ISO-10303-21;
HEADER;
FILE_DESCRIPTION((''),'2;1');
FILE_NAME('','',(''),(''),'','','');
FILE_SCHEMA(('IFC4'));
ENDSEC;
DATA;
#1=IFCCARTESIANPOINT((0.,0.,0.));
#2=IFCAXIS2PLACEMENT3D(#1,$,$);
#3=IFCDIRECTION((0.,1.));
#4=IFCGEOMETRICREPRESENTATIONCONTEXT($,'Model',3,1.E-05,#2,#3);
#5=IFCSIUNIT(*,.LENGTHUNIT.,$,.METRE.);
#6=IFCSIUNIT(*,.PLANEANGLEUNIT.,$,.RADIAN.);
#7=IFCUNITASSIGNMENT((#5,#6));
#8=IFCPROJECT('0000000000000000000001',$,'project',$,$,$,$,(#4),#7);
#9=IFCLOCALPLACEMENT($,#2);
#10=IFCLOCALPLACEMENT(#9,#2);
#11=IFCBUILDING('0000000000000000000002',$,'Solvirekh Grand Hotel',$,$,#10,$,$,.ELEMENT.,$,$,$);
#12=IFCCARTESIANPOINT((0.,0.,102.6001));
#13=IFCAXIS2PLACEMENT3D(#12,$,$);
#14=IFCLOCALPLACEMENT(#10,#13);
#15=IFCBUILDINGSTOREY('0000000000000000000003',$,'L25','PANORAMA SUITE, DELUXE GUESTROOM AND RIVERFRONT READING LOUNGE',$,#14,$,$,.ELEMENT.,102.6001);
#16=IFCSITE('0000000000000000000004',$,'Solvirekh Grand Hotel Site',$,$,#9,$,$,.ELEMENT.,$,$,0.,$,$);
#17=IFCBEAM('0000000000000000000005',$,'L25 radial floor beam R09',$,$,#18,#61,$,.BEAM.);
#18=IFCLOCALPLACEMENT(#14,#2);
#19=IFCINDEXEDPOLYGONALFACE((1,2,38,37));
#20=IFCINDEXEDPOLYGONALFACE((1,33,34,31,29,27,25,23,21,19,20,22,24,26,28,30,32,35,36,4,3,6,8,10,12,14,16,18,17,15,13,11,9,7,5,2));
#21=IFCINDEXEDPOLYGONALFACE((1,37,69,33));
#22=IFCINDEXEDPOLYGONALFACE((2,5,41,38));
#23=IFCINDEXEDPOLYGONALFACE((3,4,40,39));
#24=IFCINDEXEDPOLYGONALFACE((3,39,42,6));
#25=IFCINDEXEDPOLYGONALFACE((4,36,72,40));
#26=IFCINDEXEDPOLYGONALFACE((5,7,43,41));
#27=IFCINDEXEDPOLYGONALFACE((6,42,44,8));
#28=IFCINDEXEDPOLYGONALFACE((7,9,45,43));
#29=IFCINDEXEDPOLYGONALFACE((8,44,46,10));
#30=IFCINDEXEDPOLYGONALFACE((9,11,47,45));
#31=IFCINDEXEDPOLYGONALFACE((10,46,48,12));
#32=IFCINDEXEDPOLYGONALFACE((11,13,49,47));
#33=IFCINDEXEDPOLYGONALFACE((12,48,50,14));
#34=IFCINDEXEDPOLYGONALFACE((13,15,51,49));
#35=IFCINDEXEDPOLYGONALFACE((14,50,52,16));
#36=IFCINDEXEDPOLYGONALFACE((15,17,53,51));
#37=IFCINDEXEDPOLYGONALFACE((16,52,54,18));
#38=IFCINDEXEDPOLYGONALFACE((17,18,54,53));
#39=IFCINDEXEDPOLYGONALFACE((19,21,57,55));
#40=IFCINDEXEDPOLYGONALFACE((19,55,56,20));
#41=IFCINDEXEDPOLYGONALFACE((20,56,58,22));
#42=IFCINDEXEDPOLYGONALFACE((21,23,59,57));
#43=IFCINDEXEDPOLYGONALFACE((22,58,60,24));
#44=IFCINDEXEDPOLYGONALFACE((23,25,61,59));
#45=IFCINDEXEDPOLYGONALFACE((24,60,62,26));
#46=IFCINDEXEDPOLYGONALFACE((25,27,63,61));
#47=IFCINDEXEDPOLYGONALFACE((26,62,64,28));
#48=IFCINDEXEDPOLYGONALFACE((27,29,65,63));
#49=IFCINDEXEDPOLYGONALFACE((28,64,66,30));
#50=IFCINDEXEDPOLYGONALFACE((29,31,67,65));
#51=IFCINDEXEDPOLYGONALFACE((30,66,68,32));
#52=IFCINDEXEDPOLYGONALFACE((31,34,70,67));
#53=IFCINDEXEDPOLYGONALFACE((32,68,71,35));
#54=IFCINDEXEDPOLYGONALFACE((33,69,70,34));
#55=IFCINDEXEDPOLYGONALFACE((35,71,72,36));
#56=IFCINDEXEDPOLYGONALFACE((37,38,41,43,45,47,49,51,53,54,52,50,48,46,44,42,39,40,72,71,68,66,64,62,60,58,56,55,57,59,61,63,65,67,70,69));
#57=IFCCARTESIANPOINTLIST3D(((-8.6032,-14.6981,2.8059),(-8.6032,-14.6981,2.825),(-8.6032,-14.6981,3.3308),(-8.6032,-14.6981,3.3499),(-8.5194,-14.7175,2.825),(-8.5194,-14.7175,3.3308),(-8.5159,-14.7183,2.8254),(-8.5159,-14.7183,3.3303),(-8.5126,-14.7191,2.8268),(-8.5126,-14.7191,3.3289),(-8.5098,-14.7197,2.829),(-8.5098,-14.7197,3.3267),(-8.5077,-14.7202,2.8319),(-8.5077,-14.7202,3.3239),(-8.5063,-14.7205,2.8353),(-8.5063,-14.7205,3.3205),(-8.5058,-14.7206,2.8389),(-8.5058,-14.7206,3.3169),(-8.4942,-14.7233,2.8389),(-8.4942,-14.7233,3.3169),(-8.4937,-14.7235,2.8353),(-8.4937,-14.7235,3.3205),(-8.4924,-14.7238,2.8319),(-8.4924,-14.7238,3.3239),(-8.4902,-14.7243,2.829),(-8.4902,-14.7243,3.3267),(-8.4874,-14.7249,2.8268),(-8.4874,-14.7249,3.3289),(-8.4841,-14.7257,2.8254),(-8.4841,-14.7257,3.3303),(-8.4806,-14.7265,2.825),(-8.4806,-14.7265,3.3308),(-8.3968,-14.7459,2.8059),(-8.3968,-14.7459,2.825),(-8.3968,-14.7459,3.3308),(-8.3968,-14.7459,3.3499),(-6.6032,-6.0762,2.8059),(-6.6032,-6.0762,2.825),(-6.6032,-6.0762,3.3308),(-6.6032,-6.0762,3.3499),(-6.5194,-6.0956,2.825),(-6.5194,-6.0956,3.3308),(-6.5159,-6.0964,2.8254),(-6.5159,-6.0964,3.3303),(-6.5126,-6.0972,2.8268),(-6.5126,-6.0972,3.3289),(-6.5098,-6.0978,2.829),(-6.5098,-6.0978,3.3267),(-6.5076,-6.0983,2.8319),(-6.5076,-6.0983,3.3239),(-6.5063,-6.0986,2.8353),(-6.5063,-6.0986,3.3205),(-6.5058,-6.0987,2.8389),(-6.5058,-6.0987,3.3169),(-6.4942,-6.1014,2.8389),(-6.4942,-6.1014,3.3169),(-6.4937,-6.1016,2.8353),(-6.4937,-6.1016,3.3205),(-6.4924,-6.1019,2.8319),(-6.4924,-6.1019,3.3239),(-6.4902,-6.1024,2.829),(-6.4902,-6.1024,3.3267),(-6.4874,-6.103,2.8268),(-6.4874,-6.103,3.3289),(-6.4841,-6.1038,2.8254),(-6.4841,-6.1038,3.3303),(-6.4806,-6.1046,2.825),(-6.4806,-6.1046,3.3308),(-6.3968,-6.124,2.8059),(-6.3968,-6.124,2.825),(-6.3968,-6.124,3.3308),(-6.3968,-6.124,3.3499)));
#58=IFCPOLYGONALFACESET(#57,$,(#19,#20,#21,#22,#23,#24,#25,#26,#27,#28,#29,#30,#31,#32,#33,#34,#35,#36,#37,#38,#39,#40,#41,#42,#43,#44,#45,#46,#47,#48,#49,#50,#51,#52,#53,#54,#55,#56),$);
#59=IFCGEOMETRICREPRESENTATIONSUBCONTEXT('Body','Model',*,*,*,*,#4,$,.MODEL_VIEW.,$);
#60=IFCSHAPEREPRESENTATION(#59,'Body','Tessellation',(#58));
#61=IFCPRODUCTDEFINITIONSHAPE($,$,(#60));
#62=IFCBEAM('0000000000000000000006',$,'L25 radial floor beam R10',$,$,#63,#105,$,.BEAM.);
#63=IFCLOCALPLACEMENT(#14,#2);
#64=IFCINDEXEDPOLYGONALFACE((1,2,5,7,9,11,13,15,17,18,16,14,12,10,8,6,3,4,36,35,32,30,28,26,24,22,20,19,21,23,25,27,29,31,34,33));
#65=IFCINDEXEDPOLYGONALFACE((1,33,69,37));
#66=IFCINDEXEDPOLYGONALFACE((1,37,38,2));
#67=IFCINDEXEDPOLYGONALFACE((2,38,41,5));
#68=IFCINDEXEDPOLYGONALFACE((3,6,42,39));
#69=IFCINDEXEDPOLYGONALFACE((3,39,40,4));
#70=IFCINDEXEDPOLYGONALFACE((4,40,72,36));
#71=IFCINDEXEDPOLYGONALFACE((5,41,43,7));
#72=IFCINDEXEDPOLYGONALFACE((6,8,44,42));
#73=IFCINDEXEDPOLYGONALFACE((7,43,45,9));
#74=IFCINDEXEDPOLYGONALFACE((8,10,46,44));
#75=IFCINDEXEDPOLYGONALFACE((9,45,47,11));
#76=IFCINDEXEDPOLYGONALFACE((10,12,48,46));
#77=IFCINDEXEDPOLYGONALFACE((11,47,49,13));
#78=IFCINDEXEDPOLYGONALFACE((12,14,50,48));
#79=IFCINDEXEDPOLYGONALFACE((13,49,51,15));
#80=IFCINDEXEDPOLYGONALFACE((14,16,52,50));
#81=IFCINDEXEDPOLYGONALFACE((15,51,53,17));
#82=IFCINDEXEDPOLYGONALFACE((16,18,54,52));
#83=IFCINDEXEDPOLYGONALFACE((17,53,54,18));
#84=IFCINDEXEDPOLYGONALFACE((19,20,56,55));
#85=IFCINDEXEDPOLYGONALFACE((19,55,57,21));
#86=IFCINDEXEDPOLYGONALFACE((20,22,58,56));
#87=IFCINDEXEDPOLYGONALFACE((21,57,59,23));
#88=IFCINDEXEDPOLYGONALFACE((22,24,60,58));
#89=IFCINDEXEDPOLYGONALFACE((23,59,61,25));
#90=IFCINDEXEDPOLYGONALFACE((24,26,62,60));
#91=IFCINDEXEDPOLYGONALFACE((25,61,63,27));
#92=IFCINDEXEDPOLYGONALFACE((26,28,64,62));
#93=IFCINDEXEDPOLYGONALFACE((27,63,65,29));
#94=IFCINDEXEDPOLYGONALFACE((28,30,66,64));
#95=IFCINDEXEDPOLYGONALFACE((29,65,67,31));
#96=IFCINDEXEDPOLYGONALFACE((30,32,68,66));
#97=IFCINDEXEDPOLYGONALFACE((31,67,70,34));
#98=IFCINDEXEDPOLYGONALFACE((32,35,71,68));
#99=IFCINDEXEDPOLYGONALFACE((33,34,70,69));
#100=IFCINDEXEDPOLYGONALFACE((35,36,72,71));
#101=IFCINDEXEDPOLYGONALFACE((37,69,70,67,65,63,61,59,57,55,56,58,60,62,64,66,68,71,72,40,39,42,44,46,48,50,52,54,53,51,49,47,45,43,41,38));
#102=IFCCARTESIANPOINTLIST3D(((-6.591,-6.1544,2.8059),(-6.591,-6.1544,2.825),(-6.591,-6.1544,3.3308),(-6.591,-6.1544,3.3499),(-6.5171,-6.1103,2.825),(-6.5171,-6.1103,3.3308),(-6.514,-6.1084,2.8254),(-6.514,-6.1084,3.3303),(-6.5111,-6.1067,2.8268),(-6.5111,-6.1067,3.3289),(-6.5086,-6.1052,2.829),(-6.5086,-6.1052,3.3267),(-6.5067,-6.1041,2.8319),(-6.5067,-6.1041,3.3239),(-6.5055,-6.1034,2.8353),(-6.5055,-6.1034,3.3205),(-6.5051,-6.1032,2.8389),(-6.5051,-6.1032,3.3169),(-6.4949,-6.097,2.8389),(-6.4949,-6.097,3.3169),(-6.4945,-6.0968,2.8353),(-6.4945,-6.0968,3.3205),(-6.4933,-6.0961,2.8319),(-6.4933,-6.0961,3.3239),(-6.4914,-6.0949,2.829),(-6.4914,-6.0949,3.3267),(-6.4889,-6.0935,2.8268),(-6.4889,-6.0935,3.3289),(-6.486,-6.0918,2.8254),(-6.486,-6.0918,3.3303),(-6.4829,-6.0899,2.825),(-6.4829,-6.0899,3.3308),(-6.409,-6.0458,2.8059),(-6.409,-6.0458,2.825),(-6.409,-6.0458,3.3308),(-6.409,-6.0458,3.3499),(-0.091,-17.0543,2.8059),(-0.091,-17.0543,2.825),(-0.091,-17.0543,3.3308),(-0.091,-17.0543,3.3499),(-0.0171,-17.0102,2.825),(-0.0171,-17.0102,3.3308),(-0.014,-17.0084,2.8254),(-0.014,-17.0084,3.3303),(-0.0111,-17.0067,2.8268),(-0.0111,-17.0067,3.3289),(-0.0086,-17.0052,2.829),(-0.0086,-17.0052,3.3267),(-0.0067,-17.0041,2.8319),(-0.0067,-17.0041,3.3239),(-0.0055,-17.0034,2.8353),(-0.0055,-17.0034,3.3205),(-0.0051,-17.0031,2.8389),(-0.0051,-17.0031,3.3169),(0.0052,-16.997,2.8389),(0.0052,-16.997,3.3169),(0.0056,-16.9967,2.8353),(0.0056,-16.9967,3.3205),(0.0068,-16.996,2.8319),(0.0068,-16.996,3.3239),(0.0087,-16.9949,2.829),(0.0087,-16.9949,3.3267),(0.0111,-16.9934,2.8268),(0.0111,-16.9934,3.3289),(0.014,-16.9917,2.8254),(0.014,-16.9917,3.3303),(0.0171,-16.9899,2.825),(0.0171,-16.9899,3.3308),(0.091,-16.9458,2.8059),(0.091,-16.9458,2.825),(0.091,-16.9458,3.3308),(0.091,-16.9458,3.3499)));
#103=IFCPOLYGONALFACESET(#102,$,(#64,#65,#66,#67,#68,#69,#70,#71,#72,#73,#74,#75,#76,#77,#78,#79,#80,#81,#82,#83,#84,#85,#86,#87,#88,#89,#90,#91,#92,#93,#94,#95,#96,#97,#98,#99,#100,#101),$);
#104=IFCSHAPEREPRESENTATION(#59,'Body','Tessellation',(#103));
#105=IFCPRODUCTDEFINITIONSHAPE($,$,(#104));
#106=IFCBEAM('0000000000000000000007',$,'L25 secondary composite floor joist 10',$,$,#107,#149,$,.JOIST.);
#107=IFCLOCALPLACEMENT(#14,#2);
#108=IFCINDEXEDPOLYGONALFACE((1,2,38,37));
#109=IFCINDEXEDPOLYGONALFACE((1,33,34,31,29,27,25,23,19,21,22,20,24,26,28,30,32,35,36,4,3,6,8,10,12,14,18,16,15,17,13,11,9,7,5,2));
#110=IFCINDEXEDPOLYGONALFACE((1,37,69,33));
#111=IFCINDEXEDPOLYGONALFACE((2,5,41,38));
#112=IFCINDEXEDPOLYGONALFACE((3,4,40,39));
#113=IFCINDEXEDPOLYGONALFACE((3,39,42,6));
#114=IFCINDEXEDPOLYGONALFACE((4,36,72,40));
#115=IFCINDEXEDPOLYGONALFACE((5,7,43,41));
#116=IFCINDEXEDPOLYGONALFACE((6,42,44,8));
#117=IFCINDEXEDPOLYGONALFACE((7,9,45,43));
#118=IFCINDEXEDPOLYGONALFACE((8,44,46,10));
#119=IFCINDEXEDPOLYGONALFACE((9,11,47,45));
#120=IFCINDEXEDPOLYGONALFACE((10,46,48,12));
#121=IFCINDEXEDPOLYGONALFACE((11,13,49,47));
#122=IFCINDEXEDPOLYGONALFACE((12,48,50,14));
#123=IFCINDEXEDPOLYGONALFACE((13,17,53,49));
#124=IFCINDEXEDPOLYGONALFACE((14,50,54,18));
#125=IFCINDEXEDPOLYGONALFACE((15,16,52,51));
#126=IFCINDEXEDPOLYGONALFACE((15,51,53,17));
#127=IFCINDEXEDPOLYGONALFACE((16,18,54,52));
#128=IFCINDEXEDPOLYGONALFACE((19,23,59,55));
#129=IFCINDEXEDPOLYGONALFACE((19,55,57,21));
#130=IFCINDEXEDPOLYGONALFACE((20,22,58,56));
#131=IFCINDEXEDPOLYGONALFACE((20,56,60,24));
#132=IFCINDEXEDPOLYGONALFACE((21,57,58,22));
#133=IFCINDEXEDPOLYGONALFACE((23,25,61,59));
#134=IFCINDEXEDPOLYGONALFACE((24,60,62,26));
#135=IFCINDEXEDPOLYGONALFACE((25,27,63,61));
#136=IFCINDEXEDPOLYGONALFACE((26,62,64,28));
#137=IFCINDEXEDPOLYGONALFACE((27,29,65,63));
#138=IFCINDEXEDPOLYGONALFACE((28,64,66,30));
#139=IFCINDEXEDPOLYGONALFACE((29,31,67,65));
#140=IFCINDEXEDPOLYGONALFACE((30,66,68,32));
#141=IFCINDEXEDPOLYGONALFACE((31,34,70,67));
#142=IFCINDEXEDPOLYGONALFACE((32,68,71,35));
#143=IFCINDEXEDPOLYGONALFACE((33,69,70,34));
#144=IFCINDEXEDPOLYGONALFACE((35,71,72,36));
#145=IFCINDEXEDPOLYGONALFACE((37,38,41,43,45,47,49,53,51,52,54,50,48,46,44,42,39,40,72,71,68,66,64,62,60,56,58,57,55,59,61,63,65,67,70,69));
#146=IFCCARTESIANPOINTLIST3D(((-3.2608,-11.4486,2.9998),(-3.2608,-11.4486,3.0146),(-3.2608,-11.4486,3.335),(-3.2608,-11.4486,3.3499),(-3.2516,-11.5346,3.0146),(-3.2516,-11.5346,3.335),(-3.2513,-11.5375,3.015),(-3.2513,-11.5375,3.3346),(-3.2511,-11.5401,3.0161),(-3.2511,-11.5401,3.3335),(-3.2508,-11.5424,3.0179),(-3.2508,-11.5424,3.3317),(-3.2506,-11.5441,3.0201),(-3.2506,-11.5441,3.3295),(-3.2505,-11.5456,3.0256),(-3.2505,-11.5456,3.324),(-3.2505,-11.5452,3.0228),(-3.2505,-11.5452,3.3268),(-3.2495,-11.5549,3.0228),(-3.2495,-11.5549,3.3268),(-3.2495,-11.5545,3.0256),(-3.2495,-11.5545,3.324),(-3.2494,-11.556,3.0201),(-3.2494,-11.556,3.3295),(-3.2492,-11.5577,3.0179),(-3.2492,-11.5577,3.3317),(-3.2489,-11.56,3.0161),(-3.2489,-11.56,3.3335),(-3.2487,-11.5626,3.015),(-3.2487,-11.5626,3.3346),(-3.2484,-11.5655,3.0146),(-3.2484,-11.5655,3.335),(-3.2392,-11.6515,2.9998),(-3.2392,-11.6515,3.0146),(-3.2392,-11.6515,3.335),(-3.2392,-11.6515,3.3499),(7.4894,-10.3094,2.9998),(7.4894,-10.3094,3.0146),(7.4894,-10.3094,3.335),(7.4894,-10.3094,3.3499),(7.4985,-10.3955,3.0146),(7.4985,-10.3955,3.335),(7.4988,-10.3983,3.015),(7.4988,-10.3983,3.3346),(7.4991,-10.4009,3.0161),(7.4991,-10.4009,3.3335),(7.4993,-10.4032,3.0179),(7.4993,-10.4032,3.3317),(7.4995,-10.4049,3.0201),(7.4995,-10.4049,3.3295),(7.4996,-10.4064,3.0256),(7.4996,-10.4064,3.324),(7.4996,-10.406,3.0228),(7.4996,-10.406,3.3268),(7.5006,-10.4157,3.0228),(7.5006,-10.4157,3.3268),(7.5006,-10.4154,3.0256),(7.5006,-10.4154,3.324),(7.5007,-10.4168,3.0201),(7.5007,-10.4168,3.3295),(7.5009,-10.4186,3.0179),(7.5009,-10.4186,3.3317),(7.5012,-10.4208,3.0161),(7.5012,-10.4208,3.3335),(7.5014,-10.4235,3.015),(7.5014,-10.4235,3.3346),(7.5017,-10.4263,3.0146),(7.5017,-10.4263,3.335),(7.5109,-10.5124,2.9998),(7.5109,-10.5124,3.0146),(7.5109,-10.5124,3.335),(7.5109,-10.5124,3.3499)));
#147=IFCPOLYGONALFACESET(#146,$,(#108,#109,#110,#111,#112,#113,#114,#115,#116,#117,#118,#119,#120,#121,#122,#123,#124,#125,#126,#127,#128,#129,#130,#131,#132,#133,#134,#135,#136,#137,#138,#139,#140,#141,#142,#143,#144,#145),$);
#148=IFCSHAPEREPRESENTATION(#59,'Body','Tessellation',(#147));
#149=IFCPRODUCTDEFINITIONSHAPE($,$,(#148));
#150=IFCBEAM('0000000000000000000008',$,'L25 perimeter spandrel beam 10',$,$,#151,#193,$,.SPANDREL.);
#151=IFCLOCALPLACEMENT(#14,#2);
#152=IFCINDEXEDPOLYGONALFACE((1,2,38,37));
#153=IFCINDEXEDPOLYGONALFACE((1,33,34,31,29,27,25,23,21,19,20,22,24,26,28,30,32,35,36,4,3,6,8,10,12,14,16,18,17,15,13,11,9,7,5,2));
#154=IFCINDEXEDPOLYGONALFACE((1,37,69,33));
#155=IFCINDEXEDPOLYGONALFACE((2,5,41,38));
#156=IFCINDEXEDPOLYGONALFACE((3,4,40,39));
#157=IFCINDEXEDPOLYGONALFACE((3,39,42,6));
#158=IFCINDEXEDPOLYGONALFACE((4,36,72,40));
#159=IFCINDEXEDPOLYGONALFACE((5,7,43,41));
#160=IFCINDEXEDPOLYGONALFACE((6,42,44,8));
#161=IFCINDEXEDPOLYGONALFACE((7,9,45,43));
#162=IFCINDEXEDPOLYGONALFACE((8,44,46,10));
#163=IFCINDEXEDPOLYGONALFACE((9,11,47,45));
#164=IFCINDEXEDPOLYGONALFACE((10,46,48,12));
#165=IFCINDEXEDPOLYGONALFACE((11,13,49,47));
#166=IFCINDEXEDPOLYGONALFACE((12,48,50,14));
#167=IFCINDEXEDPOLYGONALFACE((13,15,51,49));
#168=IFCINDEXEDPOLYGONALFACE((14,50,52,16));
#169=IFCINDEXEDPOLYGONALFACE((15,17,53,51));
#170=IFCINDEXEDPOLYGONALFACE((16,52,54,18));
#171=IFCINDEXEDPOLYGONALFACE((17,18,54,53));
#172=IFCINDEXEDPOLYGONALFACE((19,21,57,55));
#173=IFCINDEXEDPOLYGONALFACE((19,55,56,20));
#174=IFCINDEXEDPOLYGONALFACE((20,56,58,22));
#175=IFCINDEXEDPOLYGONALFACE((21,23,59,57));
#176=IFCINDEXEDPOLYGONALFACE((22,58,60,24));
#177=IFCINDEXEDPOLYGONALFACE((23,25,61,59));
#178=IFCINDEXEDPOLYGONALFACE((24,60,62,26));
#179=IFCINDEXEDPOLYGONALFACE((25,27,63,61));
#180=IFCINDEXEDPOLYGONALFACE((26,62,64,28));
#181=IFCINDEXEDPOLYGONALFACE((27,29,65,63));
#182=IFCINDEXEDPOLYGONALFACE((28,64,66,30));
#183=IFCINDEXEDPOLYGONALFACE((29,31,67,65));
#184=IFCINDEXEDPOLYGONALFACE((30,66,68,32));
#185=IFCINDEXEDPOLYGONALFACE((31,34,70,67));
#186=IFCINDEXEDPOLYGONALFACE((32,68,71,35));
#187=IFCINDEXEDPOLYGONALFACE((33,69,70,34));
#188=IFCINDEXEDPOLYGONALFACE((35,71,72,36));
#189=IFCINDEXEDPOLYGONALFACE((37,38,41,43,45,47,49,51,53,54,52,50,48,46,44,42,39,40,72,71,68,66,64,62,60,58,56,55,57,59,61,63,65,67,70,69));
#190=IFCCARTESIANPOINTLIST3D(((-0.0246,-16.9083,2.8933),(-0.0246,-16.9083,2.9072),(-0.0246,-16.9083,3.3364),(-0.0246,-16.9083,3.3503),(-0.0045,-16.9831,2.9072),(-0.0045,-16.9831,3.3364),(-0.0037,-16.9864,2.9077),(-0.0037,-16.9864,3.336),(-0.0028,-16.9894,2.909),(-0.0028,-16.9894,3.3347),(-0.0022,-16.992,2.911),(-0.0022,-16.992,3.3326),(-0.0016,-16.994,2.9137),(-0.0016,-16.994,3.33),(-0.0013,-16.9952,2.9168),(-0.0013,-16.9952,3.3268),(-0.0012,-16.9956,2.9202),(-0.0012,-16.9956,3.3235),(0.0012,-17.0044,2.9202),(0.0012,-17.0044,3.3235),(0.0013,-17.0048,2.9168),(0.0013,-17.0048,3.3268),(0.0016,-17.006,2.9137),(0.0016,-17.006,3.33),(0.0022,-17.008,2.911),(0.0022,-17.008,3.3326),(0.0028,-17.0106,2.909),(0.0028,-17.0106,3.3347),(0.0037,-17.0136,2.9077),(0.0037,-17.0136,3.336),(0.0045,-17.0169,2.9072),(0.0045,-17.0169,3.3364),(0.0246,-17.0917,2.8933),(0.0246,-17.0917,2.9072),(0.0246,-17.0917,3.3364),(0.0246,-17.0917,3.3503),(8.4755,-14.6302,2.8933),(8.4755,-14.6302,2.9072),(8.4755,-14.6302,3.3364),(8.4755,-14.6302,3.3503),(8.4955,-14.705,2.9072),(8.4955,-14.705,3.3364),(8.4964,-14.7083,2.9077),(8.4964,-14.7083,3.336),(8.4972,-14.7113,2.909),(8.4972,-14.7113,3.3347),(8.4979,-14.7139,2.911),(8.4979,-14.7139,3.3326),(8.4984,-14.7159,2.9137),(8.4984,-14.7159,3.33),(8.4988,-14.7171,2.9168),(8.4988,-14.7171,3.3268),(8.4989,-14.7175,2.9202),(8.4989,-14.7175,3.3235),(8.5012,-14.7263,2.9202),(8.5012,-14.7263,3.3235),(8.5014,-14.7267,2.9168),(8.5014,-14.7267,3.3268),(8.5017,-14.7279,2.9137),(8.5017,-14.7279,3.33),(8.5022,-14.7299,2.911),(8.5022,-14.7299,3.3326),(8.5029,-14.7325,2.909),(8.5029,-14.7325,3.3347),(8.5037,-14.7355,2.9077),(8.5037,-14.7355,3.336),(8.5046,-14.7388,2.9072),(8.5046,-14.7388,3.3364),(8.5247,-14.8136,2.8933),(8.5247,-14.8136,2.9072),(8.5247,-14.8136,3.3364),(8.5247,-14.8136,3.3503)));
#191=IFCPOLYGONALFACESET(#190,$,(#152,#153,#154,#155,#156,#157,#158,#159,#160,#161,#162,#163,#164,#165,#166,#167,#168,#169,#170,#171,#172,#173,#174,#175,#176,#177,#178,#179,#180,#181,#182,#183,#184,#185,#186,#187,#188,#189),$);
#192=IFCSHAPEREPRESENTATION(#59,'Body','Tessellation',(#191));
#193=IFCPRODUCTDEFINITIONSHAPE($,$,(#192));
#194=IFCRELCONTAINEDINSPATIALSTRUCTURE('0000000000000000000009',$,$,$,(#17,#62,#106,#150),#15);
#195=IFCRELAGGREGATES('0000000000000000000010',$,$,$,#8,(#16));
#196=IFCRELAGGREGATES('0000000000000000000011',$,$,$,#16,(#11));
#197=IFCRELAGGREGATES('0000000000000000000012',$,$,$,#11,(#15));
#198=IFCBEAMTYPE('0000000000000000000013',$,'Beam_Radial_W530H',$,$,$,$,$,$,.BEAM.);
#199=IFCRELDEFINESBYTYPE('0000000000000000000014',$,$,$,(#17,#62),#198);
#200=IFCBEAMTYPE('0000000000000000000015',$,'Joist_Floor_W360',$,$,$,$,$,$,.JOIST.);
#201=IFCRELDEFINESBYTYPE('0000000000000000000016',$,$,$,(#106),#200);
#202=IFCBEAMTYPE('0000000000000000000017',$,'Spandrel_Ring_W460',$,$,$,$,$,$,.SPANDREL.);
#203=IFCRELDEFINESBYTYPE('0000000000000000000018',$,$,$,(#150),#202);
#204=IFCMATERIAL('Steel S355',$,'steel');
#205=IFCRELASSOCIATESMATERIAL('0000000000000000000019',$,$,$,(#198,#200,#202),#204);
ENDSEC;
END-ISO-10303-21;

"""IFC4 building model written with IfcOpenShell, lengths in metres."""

from ifc_helpers import new_model, si_unit, direction, frame, origin, origin_2d, place, context, subcontext, project, spatial, i_section, extrude, material, material_profile, profile_set, type_object, element, save


model = new_model("IFC4")

# Units and contexts
model_context = context("Model", 3, precision=1e-05, world=origin(), true_north=direction((0.0, 1.0)))
body_context = subcontext(model_context, "Body", "Model", "MODEL_VIEW")
ifc_project = project(units=[si_unit("LENGTHUNIT", "METRE"), si_unit("PLANEANGLEUNIT", "RADIAN")], contexts=[model_context])

# Site, building, storey
site_placement = place(None, origin())
site = spatial("IfcSite", under=ifc_project, at=site_placement, Name="Solvirekh Grand Hotel Site", CompositionType="ELEMENT", RefElevation=0.0)
building_placement = place(site_placement, origin())
building = spatial("IfcBuilding", under=site, at=building_placement, Name="Solvirekh Grand Hotel", CompositionType="ELEMENT")
storey_placement = place(building_placement, frame((0.0, 0.0, 102.6001)))
storey = spatial("IfcBuildingStorey", under=building, at=storey_placement, Name="L25", Description="PANORAMA SUITE, DELUXE GUESTROOM AND RIVERFRONT READING LOUNGE", CompositionType="ELEMENT", Elevation=102.6001)

# Beams
ifc_material_1 = material(Name="Steel S355", Category="steel")
ifc_material_profile_1 = material_profile(ifc_material_1, i_section(OverallWidth=0.2119, OverallDepth=0.5439, WebThickness=0.012, FlangeThickness=0.019, FilletRadius=0.0139, at=origin_2d()), Name="W530X123")
ifc_profile_set_1 = profile_set([ifc_material_profile_1], Name="Steel S355")
beam_type_1 = type_object("IfcBeamType", Name="Beam_Radial_W530H", PredefinedType="BEAM", material=ifc_profile_set_1)
beam_1_placement = place(storey_placement, frame((-6.5, -6.1001, 3.0779), z_axis=(-0.225969, -0.974134, 0.0), x_axis=(0.974134, -0.225969, 0.0)))
element("IfcBeam", 1, at=beam_1_placement, inside=storey, type_object=beam_type_1, Name="L25 radial floor beam R09", PredefinedType="BEAM", context=body_context, shape_type="SweptSolid", body=[
    extrude(i_section(OverallWidth=0.2119, OverallDepth=0.5439, WebThickness=0.012, FlangeThickness=0.019, FilletRadius=0.0139, at=origin_2d()), origin(), (0.0, 0.0, 1.0), 8.8508),
])
beam_2_placement = place(storey_placement, frame((-6.5, -6.1001, 3.0779), z_axis=(0.51218, -0.858878, 0.0), x_axis=(0.858878, 0.51218, 0.0)))
element("IfcBeam", 2, at=beam_2_placement, inside=storey, type_object=beam_type_1, Name="L25 radial floor beam R10", PredefinedType="BEAM", context=body_context, shape_type="SweptSolid", body=[
    extrude(i_section(OverallWidth=0.2119, OverallDepth=0.5439, WebThickness=0.012, FlangeThickness=0.019, FilletRadius=0.0139, at=origin_2d()), origin(), (0.0, 0.0, 1.0), 12.6909),
])
ifc_material_profile_2 = material_profile(ifc_material_1, i_section(OverallWidth=0.2041, OverallDepth=0.3501, WebThickness=0.009, FlangeThickness=0.0149, FilletRadius=0.011, at=origin_2d()), Name="W360X72")
ifc_profile_set_2 = profile_set([ifc_material_profile_2], Name="Steel S355")
beam_type_2 = type_object("IfcBeamType", Name="Joist_Floor_W360", PredefinedType="JOIST", material=ifc_profile_set_2)
beam_3_placement = place(storey_placement, frame((-3.25, -11.55, 3.1748), z_axis=(0.994432, 0.105378, 0.0), x_axis=(-0.105378, 0.994432, 0.0)))
element("IfcBeam", 3, at=beam_3_placement, inside=storey, type_object=beam_type_2, Name="L25 secondary composite floor joist 10", PredefinedType="JOIST", context=body_context, shape_type="SweptSolid", body=[
    extrude(i_section(OverallWidth=0.2041, OverallDepth=0.3501, WebThickness=0.009, FlangeThickness=0.0149, FilletRadius=0.011, at=origin_2d()), origin(), (0.0, 0.0, 1.0), 10.8103),
])
ifc_material_profile_3 = material_profile(ifc_material_1, i_section(OverallWidth=0.1899, OverallDepth=0.457, WebThickness=0.009, FlangeThickness=0.0139, FilletRadius=0.0129, at=origin_2d()), Name="W460X74")
ifc_profile_set_3 = profile_set([ifc_material_profile_3], Name="Steel S355")
beam_type_3 = type_object("IfcBeamType", Name="Spandrel_Ring_W460", PredefinedType="SPANDREL", material=ifc_profile_set_3)
beam_4_placement = place(storey_placement, frame((0.0, -17.0, 3.1218), z_axis=(0.965911, 0.258873, 0.0), x_axis=(-0.258873, 0.965911, 0.0)))
element("IfcBeam", 4, at=beam_4_placement, inside=storey, type_object=beam_type_3, Name="L25 perimeter spandrel beam 10", PredefinedType="SPANDREL", context=body_context, shape_type="SweptSolid", body=[
    extrude(i_section(OverallWidth=0.1899, OverallDepth=0.457, WebThickness=0.009, FlangeThickness=0.0139, FilletRadius=0.0129, at=origin_2d()), origin(), (0.0, 0.0, 1.0), 8.8),
])

save(model, "model.ifc")
